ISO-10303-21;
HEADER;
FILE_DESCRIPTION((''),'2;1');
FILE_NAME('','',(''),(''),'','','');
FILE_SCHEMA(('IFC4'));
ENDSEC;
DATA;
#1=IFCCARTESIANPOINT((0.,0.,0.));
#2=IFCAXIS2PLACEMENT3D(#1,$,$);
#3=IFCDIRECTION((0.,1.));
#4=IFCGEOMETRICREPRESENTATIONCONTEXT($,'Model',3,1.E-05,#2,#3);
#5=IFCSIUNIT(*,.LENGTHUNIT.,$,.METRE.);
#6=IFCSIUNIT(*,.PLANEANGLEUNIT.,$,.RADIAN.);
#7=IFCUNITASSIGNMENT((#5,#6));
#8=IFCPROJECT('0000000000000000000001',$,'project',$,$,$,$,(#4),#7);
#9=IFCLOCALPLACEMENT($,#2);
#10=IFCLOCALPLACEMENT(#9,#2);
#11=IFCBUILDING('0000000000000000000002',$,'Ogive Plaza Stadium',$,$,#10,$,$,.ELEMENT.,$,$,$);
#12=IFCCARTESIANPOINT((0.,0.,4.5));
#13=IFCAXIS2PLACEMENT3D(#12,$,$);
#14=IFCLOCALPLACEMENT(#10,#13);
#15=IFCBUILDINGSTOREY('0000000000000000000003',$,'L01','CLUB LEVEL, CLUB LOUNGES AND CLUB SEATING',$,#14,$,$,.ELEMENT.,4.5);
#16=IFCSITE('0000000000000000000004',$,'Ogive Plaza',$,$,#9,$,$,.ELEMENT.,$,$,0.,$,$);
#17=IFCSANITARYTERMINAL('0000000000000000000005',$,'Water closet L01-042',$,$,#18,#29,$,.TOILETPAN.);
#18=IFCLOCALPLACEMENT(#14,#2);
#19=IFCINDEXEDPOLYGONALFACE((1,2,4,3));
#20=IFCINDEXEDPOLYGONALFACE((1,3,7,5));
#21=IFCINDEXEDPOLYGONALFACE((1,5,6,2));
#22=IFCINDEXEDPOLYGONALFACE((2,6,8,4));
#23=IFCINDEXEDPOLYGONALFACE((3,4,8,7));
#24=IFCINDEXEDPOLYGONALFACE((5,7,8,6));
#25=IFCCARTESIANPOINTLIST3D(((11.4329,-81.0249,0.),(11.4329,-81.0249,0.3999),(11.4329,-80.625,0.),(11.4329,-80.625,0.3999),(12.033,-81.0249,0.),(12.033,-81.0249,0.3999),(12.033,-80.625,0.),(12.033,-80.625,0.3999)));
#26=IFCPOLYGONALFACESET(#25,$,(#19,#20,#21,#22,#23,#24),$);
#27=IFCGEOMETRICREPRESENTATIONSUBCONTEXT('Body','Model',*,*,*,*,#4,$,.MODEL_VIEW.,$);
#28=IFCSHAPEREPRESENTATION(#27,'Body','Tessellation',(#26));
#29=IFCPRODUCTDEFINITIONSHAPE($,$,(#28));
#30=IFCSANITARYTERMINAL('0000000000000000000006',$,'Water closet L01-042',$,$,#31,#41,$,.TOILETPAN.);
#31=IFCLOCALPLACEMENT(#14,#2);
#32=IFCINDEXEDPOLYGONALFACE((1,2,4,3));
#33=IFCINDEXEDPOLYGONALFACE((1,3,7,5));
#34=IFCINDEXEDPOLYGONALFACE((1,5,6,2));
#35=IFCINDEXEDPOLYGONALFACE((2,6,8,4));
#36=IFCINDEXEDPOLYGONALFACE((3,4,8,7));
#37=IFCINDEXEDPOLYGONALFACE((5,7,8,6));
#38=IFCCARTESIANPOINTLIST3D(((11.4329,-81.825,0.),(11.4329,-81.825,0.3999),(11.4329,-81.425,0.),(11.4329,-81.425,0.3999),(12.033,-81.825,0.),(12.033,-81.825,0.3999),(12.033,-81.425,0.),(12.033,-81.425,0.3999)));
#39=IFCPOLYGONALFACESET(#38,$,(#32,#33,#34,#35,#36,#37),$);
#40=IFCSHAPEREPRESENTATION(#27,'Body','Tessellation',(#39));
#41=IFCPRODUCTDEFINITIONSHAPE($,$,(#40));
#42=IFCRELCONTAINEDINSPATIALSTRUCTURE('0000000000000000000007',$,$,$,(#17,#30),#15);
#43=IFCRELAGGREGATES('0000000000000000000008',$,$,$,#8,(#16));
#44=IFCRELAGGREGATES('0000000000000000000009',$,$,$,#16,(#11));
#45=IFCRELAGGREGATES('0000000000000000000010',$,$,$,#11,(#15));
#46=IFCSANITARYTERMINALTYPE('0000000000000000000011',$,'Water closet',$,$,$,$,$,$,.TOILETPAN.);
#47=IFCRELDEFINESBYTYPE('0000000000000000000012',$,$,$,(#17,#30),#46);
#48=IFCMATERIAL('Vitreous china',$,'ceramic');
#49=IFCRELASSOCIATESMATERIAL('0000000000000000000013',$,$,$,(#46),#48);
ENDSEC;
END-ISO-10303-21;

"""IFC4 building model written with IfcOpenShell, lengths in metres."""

from ifc_helpers import new_model, si_unit, direction, frame, origin, origin_2d, place, context, subcontext, project, spatial, rectangle, extrude, material, type_object, element, save


model = new_model("IFC4")

# Units and contexts
model_context = context("Model", 3, precision=1e-05, world=origin(), true_north=direction((0.0, 1.0)))
body_context = subcontext(model_context, "Body", "Model", "MODEL_VIEW")
ifc_project = project(units=[si_unit("LENGTHUNIT", "METRE"), si_unit("PLANEANGLEUNIT", "RADIAN")], contexts=[model_context])

# Site, building, storey
site_placement = place(None, origin())
site = spatial("IfcSite", under=ifc_project, at=site_placement, Name="Ogive Plaza", CompositionType="ELEMENT", RefElevation=0.0)
building_placement = place(site_placement, origin())
building = spatial("IfcBuilding", under=site, at=building_placement, Name="Ogive Plaza Stadium", CompositionType="ELEMENT")
storey_placement = place(building_placement, frame((0.0, 0.0, 4.5)))
storey = spatial("IfcBuildingStorey", under=building, at=storey_placement, Name="L01", Description="CLUB LEVEL, CLUB LOUNGES AND CLUB SEATING", CompositionType="ELEMENT", Elevation=4.5)

# Sanitary terminals
ifc_material_1 = material(Name="Vitreous china", Category="ceramic")
sanitary_terminal_type_1 = type_object("IfcSanitaryTerminalType", Name="Water closet", PredefinedType="TOILETPAN", material=ifc_material_1)
for number, where, z_axis, x_axis, name in (
    (1, (11.7329, -80.825, 0.0), (0.0, 0.0, 1.0), (0.0, -1.0, 0.0), "Water closet L01-042"),
    (2, (11.7329, -81.625, 0.0), (0.0, 0.0, 1.0), (0.0, -1.0, 0.0), "Water closet L01-042"),
):
    element("IfcSanitaryTerminal", number, at=place(storey_placement, frame(where, z_axis=z_axis, x_axis=x_axis)), inside=storey, type_object=sanitary_terminal_type_1, Name=name, PredefinedType="TOILETPAN", context=body_context, shape_type="SweptSolid", body=[
        extrude(rectangle(XDim=0.3999, YDim=0.6001, at=origin_2d()), origin(), (0.0, 0.0, 1.0), 0.3999),
    ])

save(model, "model.ifc")
